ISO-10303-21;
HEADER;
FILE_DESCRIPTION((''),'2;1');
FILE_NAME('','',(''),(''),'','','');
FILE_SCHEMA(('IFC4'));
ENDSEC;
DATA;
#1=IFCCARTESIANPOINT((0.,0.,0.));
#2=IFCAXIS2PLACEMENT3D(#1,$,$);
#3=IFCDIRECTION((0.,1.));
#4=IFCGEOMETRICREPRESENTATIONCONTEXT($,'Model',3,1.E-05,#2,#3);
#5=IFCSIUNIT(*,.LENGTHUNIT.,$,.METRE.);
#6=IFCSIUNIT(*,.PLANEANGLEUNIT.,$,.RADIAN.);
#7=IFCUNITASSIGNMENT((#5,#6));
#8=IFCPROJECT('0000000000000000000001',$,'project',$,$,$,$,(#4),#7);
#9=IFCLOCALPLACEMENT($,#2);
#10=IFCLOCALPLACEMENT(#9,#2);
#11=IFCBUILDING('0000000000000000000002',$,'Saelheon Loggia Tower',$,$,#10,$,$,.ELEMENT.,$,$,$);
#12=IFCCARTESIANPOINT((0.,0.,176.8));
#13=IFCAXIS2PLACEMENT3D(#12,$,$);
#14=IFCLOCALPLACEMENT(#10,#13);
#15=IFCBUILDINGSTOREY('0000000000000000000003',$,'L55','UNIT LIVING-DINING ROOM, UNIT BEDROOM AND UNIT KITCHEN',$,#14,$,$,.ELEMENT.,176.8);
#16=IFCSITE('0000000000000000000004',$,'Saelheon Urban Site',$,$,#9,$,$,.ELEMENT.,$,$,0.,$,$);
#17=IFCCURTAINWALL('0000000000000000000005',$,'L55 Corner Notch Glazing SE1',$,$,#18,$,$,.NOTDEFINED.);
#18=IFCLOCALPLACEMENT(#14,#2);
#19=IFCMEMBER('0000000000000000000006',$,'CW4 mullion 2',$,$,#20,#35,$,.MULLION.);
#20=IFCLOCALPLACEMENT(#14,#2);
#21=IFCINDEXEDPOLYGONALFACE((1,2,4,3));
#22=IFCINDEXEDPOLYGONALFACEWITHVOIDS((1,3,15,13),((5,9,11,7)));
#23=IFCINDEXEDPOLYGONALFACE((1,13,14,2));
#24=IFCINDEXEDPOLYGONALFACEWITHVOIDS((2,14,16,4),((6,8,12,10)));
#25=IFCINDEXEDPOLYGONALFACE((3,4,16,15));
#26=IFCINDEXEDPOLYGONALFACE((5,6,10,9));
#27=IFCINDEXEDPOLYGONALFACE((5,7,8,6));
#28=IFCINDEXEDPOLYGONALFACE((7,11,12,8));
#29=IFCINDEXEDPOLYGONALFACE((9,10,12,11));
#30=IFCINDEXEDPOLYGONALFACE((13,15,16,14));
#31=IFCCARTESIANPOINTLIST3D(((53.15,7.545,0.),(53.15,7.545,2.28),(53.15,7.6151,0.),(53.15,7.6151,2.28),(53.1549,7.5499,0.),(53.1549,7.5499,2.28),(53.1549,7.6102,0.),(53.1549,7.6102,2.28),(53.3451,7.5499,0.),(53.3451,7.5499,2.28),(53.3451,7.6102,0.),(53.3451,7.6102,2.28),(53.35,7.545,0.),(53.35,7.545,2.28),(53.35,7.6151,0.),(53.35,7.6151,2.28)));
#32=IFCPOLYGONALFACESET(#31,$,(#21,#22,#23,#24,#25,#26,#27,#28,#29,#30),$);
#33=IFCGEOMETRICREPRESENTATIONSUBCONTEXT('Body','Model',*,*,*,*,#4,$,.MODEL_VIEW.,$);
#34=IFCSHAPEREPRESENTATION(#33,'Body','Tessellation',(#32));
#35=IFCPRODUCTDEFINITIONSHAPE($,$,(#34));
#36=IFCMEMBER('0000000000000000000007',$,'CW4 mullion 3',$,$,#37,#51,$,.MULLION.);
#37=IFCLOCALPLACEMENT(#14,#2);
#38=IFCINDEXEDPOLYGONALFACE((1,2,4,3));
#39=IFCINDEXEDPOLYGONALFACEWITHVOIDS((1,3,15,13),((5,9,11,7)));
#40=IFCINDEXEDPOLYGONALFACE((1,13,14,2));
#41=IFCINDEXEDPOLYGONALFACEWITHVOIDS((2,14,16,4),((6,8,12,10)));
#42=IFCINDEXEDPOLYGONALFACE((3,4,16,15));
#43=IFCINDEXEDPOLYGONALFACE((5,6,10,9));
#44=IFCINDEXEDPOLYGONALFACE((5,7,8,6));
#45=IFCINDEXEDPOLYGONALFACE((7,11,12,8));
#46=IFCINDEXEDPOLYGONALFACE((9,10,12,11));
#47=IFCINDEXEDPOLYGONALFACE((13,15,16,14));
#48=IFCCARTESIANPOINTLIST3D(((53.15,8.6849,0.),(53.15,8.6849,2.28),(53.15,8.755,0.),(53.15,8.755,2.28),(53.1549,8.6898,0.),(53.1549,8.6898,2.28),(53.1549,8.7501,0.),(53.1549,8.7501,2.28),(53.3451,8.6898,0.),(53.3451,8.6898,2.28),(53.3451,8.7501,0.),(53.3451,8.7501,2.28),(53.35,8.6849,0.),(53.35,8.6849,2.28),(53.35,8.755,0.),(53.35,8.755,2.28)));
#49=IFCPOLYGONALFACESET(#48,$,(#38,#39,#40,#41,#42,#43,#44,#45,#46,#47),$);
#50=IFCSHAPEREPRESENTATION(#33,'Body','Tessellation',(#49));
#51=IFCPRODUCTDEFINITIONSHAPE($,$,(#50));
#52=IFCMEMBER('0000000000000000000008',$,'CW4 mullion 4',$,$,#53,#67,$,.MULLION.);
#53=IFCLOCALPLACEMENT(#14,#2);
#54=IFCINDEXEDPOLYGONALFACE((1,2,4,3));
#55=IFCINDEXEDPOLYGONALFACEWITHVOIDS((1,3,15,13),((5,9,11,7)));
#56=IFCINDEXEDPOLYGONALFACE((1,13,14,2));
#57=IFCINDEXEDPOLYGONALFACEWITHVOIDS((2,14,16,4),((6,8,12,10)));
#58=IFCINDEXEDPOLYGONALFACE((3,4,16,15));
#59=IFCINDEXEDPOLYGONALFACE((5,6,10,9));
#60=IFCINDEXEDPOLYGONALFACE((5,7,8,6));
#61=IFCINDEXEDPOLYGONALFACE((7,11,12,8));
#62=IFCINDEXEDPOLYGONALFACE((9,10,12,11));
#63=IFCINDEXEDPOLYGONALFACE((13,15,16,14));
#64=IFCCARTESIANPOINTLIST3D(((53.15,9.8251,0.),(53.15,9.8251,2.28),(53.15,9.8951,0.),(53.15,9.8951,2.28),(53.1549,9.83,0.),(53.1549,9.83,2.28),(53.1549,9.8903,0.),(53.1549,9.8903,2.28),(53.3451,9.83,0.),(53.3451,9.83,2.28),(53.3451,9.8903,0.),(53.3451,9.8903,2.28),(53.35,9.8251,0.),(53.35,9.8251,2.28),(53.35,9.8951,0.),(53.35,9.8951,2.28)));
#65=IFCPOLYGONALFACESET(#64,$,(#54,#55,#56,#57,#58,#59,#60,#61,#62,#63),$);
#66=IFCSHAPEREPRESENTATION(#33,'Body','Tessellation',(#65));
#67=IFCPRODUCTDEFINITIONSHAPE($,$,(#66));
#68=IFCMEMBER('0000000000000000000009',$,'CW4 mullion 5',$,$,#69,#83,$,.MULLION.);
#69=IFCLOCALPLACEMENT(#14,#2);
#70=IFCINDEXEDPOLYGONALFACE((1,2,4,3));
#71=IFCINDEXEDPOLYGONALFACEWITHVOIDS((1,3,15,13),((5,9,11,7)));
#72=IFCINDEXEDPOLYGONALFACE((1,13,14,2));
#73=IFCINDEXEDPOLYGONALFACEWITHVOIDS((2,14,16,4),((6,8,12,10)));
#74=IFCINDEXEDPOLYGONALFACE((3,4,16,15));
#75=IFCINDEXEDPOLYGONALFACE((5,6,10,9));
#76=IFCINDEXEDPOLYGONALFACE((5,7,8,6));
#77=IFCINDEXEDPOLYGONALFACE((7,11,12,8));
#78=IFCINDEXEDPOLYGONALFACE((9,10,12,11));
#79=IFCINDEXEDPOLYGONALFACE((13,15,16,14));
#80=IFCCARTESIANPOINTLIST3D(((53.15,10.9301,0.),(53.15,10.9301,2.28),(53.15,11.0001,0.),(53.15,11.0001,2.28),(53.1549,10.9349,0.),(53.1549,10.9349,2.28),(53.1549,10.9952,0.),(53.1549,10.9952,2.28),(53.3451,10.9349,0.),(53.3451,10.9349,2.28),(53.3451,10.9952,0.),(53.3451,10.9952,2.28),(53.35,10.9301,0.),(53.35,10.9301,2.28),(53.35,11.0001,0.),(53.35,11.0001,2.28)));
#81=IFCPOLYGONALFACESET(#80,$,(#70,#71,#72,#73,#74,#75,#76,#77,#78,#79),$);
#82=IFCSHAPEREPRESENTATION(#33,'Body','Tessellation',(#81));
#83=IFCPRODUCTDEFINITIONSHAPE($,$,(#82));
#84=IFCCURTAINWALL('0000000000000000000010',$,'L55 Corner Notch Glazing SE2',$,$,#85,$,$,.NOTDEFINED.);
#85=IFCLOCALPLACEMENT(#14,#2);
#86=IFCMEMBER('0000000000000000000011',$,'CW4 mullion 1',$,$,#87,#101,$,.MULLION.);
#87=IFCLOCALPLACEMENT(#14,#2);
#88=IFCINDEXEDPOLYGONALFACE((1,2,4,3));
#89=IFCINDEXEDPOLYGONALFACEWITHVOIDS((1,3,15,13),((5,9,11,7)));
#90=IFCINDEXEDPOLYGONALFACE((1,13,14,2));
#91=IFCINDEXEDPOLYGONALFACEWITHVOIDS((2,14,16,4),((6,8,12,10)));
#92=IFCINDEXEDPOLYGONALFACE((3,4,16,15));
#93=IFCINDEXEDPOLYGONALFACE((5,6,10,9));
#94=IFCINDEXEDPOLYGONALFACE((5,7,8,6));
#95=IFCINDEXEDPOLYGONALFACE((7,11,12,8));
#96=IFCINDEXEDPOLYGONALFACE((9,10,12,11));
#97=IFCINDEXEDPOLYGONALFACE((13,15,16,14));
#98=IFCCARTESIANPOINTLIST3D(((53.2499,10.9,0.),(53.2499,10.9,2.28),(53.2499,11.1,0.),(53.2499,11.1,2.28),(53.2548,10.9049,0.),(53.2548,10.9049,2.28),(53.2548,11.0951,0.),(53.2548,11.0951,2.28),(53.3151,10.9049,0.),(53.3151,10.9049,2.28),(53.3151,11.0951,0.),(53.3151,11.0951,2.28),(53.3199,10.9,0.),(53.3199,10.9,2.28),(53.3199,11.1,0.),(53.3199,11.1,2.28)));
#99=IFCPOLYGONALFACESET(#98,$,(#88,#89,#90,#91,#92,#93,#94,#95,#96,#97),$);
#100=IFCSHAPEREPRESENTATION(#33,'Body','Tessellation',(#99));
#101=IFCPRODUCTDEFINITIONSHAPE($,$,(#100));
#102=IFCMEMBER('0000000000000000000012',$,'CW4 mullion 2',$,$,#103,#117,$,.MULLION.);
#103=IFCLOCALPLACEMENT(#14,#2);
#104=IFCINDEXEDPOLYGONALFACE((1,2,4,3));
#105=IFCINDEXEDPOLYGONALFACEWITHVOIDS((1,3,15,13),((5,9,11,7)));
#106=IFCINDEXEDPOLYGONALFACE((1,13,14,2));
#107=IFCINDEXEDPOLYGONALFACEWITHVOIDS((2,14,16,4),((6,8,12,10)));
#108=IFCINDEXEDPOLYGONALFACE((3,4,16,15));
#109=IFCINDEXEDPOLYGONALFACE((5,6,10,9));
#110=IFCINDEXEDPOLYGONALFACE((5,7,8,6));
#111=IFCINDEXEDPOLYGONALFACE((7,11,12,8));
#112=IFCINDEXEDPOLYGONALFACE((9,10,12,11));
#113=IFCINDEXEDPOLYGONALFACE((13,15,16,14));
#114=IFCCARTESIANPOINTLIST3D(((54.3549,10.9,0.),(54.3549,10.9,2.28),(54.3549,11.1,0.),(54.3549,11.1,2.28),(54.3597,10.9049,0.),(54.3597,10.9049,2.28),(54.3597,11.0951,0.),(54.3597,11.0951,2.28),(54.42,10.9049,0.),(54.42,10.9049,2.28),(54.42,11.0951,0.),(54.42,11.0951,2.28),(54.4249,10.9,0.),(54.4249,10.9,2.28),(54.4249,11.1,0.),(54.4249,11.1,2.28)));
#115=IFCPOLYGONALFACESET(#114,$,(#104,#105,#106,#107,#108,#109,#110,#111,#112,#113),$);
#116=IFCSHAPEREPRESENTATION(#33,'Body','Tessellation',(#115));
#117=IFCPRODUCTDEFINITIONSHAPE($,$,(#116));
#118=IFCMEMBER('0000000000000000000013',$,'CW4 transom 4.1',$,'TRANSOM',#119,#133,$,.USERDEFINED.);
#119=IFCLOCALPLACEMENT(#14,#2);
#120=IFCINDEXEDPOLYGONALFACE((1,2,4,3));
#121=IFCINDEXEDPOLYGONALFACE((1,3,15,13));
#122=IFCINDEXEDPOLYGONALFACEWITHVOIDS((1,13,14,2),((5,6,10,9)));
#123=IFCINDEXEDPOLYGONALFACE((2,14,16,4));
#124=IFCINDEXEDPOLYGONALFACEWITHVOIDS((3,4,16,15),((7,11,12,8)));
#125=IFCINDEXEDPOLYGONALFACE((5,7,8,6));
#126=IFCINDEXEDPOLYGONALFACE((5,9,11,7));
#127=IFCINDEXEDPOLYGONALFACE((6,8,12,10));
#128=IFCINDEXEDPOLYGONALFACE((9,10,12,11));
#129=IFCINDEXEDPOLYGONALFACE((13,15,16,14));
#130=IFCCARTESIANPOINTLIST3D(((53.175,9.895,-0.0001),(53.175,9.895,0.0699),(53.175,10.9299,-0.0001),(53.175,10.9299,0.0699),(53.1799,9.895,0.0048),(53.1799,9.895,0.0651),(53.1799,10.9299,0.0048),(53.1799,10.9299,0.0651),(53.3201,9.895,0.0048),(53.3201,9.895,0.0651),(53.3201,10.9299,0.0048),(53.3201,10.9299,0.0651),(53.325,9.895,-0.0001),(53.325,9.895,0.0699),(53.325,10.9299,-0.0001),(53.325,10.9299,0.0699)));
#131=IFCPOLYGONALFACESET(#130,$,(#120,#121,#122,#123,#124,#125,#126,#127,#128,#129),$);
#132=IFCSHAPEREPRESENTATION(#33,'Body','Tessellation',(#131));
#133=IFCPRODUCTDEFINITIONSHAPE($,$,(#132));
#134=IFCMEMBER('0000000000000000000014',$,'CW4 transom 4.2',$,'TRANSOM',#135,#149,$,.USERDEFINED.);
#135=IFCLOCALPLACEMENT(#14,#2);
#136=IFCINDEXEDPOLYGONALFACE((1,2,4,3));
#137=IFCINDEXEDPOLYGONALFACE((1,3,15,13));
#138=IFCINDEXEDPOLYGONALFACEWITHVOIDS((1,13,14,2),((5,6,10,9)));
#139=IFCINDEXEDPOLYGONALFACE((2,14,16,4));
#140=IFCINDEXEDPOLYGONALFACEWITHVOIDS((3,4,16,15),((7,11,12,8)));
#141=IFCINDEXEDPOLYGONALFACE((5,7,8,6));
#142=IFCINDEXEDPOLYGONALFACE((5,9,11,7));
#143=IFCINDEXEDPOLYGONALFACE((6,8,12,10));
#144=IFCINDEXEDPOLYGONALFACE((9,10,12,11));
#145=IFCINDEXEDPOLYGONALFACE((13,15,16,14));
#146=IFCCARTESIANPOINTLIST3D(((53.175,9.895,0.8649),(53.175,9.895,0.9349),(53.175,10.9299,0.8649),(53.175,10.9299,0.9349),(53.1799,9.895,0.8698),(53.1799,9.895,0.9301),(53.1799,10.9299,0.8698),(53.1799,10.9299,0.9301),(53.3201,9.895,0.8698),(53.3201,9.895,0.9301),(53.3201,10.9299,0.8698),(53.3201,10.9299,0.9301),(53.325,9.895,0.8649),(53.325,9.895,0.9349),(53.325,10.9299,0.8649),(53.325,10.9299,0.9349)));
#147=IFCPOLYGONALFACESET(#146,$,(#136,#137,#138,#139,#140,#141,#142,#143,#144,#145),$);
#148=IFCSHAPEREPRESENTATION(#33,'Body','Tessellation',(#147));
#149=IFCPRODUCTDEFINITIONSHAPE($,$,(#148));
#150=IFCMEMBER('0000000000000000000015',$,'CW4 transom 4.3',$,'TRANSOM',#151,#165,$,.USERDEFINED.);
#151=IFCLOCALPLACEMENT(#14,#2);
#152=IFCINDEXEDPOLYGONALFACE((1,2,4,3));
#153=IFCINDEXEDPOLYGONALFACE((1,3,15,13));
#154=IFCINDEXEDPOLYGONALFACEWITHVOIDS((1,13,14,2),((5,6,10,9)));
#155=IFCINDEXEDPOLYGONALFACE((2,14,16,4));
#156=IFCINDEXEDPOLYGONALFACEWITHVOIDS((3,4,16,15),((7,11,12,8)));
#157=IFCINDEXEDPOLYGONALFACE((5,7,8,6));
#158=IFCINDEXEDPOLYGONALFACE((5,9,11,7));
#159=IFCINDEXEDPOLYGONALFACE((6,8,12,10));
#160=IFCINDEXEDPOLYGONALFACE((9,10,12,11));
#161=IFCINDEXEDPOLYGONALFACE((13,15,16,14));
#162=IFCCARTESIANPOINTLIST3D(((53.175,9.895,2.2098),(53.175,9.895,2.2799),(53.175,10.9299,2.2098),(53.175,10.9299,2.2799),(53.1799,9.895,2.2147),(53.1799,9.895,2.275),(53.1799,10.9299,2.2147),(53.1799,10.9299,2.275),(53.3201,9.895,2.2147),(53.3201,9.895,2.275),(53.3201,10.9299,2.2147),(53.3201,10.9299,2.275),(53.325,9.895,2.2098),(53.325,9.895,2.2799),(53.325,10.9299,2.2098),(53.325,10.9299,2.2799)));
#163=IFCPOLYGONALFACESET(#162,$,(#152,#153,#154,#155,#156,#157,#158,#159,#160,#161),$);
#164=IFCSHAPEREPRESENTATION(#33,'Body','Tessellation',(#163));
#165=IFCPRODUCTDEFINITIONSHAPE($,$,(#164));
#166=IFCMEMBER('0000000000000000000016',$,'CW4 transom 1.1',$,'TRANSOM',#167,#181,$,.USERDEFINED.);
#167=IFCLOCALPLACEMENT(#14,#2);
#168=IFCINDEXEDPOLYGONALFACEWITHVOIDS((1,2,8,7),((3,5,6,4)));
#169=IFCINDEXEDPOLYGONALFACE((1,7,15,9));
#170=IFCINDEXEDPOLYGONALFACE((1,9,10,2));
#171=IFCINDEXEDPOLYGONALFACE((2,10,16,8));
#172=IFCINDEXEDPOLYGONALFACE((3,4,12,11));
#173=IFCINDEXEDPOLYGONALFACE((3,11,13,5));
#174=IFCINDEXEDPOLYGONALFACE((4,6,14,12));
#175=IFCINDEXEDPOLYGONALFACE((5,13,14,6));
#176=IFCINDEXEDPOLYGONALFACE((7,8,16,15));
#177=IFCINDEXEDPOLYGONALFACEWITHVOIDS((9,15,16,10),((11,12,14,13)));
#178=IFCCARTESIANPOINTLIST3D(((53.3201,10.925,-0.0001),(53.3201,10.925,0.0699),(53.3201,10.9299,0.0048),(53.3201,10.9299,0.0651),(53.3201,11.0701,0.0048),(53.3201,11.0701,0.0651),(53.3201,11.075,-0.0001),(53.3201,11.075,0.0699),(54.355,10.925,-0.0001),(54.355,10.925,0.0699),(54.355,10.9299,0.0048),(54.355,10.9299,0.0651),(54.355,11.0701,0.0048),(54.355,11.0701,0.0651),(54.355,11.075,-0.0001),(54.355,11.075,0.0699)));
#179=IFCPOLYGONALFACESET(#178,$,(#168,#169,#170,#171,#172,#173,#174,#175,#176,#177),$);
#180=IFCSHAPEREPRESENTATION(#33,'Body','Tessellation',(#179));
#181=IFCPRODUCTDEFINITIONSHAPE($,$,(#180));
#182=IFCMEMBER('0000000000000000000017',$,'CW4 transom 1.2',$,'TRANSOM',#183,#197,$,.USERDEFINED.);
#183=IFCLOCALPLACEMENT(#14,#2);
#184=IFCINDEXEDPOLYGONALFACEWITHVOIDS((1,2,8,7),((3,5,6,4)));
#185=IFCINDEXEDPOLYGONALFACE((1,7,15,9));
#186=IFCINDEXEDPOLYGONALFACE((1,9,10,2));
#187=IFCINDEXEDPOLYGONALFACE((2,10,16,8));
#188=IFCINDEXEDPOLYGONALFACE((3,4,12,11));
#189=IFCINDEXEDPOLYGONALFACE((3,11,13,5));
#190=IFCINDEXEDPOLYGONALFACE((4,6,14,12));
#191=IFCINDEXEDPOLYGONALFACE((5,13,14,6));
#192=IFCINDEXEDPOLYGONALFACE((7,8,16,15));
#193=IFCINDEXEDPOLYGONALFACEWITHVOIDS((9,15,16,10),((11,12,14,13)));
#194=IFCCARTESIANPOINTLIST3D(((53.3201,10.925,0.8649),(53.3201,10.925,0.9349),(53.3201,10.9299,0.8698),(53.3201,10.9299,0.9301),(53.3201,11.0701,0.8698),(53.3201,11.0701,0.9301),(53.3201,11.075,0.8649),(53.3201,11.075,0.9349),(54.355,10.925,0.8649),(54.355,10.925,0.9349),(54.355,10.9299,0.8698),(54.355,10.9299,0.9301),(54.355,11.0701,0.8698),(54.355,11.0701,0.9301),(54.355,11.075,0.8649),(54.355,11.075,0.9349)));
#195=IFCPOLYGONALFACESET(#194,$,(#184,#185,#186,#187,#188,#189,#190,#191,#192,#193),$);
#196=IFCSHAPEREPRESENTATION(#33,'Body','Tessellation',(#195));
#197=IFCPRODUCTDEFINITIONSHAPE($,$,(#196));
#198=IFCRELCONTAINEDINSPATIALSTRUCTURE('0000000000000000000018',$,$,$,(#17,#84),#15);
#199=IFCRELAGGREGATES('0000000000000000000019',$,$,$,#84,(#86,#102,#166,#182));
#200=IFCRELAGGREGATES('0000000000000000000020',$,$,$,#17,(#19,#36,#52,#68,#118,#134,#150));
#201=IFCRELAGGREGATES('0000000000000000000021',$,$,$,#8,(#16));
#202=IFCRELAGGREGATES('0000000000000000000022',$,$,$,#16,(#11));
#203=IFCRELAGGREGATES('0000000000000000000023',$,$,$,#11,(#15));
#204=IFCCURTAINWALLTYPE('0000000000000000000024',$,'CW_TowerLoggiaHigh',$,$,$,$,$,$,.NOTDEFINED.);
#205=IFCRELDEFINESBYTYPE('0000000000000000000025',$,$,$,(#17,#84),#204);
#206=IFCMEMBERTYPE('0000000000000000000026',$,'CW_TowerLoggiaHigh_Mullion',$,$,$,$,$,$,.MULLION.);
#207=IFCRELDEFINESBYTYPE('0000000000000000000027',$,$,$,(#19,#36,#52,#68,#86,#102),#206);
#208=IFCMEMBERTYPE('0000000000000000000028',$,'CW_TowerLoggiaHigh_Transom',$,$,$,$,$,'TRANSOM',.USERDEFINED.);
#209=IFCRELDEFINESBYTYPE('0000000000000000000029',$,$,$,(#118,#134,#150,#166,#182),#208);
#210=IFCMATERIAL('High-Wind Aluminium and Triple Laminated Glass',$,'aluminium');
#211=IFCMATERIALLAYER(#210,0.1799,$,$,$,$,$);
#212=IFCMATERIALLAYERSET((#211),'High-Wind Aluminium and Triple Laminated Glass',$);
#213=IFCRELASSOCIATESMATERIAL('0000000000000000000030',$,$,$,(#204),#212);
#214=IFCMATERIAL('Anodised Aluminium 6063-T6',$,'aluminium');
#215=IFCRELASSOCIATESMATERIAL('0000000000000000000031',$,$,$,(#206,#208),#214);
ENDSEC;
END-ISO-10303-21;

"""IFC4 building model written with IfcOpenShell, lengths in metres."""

from ifc_helpers import new_model, si_unit, direction, frame, origin, origin_2d, place, context, subcontext, project, spatial, hollow_rectangle, extrude, source, transform, mapped, material, layer, layer_set, material_profile, profile_set, type_object, element, aggregate, save


model = new_model("IFC4")

# Units and contexts
model_context = context("Model", 3, precision=1e-05, world=origin(), true_north=direction((0.0, 1.0)))
body_context = subcontext(model_context, "Body", "Model", "MODEL_VIEW")
ifc_project = project(units=[si_unit("LENGTHUNIT", "METRE"), si_unit("PLANEANGLEUNIT", "RADIAN")], contexts=[model_context])

# Site, building, storey
site_placement = place(None, origin())
site = spatial("IfcSite", under=ifc_project, at=site_placement, Name="Saelheon Urban Site", CompositionType="ELEMENT", RefElevation=0.0)
building_placement = place(site_placement, origin())
building = spatial("IfcBuilding", under=site, at=building_placement, Name="Saelheon Loggia Tower", CompositionType="ELEMENT")
storey_placement = place(building_placement, frame((0.0, 0.0, 176.8)))
storey = spatial("IfcBuildingStorey", under=building, at=storey_placement, Name="L55", Description="UNIT LIVING-DINING ROOM, UNIT BEDROOM AND UNIT KITCHEN", CompositionType="ELEMENT", Elevation=176.8)

# Curtain walls, members
ifc_material_1 = material(Name="High-Wind Aluminium and Triple Laminated Glass", Category="aluminium")
ifc_layer_1 = layer(ifc_material_1, 0.1799)
ifc_layer_set_1 = layer_set([ifc_layer_1], Name="High-Wind Aluminium and Triple Laminated Glass")
curtain_wall_type = type_object("IfcCurtainWallType", Name="CW_TowerLoggiaHigh", PredefinedType="NOTDEFINED", material=ifc_layer_set_1)
curtain_wall_1_placement = place(storey_placement, origin())
curtain_wall_1 = element("IfcCurtainWall", 1, at=curtain_wall_1_placement, inside=storey, type_object=curtain_wall_type, Name="L55 Corner Notch Glazing SE1", PredefinedType="NOTDEFINED")
ifc_material_2 = material(Name="Anodised Aluminium 6063-T6", Category="aluminium")
ifc_material_profile_1 = material_profile(ifc_material_2, hollow_rectangle(XDim=0.0701, YDim=0.2, WallThickness=0.0049, at=origin_2d()), Name="RHS-200x70x5")
ifc_profile_set_1 = profile_set([ifc_material_profile_1], Name="Anodised Aluminium 6063-T6")
member_type_1 = type_object("IfcMemberType", Name="CW_TowerLoggiaHigh_Mullion", PredefinedType="MULLION", material=ifc_profile_set_1)
shared_shape_1 = source(origin(), body_context, "Body", "SweptSolid", [
    extrude(hollow_rectangle(XDim=0.0701, YDim=0.2, WallThickness=0.0049, at=origin_2d()), origin(), (0.0, 0.0, 1.0), 2.28),
])
member_1_placement = place(storey_placement, frame((53.25, 7.5801, 0.0), z_axis=(0.0, 0.0, 1.0), x_axis=(0.0, 1.0, 0.0)))
member_1 = element("IfcMember", 2, at=member_1_placement, type_object=member_type_1, Name="CW4 mullion 2", PredefinedType="MULLION", context=body_context, shape_type="MappedRepresentation", body=[
    mapped(shared_shape_1, transform((0.0, 0.0, 0.0), scale=1.0)),
])
member_2_placement = place(storey_placement, frame((53.25, 8.72, 0.0), z_axis=(0.0, 0.0, 1.0), x_axis=(0.0, 1.0, 0.0)))
member_2 = element("IfcMember", 3, at=member_2_placement, type_object=member_type_1, Name="CW4 mullion 3", PredefinedType="MULLION", context=body_context, shape_type="MappedRepresentation", body=[
    mapped(shared_shape_1, transform((0.0, 0.0, 0.0), scale=1.0)),
])
member_3_placement = place(storey_placement, frame((53.25, 9.8601, 0.0), z_axis=(0.0, 0.0, 1.0), x_axis=(0.0, 1.0, 0.0)))
member_3 = element("IfcMember", 4, at=member_3_placement, type_object=member_type_1, Name="CW4 mullion 4", PredefinedType="MULLION", context=body_context, shape_type="MappedRepresentation", body=[
    mapped(shared_shape_1, transform((0.0, 0.0, 0.0), scale=1.0)),
])
member_4_placement = place(storey_placement, frame((53.25, 10.9651, 0.0), z_axis=(0.0, 0.0, 1.0), x_axis=(0.0, 1.0, 0.0)))
member_4 = element("IfcMember", 5, at=member_4_placement, type_object=member_type_1, Name="CW4 mullion 5", PredefinedType="MULLION", context=body_context, shape_type="MappedRepresentation", body=[
    mapped(shared_shape_1, transform((0.0, 0.0, 0.0), scale=1.0)),
])
curtain_wall_2_placement = place(storey_placement, origin())
curtain_wall_2 = element("IfcCurtainWall", 6, at=curtain_wall_2_placement, inside=storey, type_object=curtain_wall_type, Name="L55 Corner Notch Glazing SE2", PredefinedType="NOTDEFINED")
member_5_placement = place(storey_placement, frame((53.2849, 11.0, 0.0), z_axis=(0.0, 0.0, 1.0), x_axis=(1.0, 0.0, 0.0)))
member_5 = element("IfcMember", 7, at=member_5_placement, type_object=member_type_1, Name="CW4 mullion 1", PredefinedType="MULLION", context=body_context, shape_type="MappedRepresentation", body=[
    mapped(shared_shape_1, transform((0.0, 0.0, 0.0), scale=1.0)),
])
member_6_placement = place(storey_placement, frame((54.3899, 11.0, 0.0), z_axis=(0.0, 0.0, 1.0), x_axis=(1.0, 0.0, 0.0)))
member_6 = element("IfcMember", 8, at=member_6_placement, type_object=member_type_1, Name="CW4 mullion 2", PredefinedType="MULLION", context=body_context, shape_type="MappedRepresentation", body=[
    mapped(shared_shape_1, transform((0.0, 0.0, 0.0), scale=1.0)),
])

# Members
ifc_material_profile_2 = material_profile(ifc_material_2, hollow_rectangle(XDim=0.0701, YDim=0.1499, WallThickness=0.0049, at=origin_2d()), Name="RHS-150x70x5")
ifc_profile_set_2 = profile_set([ifc_material_profile_2], Name="Anodised Aluminium 6063-T6")
member_type_2 = type_object("IfcMemberType", Name="CW_TowerLoggiaHigh_Transom", ElementType="TRANSOM", PredefinedType="USERDEFINED", material=ifc_profile_set_2)
shared_shape_2 = source(origin(), body_context, "Body", "SweptSolid", [
    extrude(hollow_rectangle(XDim=0.0701, YDim=0.1499, WallThickness=0.0049, at=origin_2d()), origin(), (0.0, 0.0, 1.0), 1.0349),
])
member_7_placement = place(storey_placement, frame((53.25, 9.895, 0.0349), z_axis=(0.0, 1.0, 0.0), x_axis=(0.0, 0.0, 1.0)))
member_7 = element("IfcMember", 9, at=member_7_placement, type_object=member_type_2, Name="CW4 transom 4.1", ObjectType="TRANSOM", PredefinedType="USERDEFINED", context=body_context, shape_type="MappedRepresentation", body=[
    mapped(shared_shape_2, transform((0.0, 0.0, 0.0), scale=1.0)),
])
member_8_placement = place(storey_placement, frame((53.25, 9.895, 0.8999), z_axis=(0.0, 1.0, 0.0), x_axis=(0.0, 0.0, 1.0)))
member_8 = element("IfcMember", 10, at=member_8_placement, type_object=member_type_2, Name="CW4 transom 4.2", ObjectType="TRANSOM", PredefinedType="USERDEFINED", context=body_context, shape_type="MappedRepresentation", body=[
    mapped(shared_shape_2, transform((0.0, 0.0, 0.0), scale=1.0)),
])
member_9_placement = place(storey_placement, frame((53.25, 9.895, 2.2449), z_axis=(0.0, 1.0, 0.0), x_axis=(0.0, 0.0, 1.0)))
member_9 = element("IfcMember", 11, at=member_9_placement, type_object=member_type_2, Name="CW4 transom 4.3", ObjectType="TRANSOM", PredefinedType="USERDEFINED", context=body_context, shape_type="MappedRepresentation", body=[
    mapped(shared_shape_2, transform((0.0, 0.0, 0.0), scale=1.0)),
])
member_10_placement = place(storey_placement, frame((53.3201, 11.0, 0.0349), z_axis=(1.0, 0.0, 0.0), x_axis=(0.0, 0.0, 1.0)))
member_10 = element("IfcMember", 12, at=member_10_placement, type_object=member_type_2, Name="CW4 transom 1.1", ObjectType="TRANSOM", PredefinedType="USERDEFINED", context=body_context, shape_type="MappedRepresentation", body=[
    mapped(shared_shape_2, transform((0.0, 0.0, 0.0), scale=1.0)),
])
member_11_placement = place(storey_placement, frame((53.3201, 11.0, 0.8999), z_axis=(1.0, 0.0, 0.0), x_axis=(0.0, 0.0, 1.0)))
member_11 = element("IfcMember", 13, at=member_11_placement, type_object=member_type_2, Name="CW4 transom 1.2", ObjectType="TRANSOM", PredefinedType="USERDEFINED", context=body_context, shape_type="MappedRepresentation", body=[
    mapped(shared_shape_2, transform((0.0, 0.0, 0.0), scale=1.0)),
])

aggregate(curtain_wall_2, [member_5, member_6, member_10, member_11])
aggregate(curtain_wall_1, [member_1, member_2, member_3, member_4, member_7, member_8, member_9])

save(model, "model.ifc")
